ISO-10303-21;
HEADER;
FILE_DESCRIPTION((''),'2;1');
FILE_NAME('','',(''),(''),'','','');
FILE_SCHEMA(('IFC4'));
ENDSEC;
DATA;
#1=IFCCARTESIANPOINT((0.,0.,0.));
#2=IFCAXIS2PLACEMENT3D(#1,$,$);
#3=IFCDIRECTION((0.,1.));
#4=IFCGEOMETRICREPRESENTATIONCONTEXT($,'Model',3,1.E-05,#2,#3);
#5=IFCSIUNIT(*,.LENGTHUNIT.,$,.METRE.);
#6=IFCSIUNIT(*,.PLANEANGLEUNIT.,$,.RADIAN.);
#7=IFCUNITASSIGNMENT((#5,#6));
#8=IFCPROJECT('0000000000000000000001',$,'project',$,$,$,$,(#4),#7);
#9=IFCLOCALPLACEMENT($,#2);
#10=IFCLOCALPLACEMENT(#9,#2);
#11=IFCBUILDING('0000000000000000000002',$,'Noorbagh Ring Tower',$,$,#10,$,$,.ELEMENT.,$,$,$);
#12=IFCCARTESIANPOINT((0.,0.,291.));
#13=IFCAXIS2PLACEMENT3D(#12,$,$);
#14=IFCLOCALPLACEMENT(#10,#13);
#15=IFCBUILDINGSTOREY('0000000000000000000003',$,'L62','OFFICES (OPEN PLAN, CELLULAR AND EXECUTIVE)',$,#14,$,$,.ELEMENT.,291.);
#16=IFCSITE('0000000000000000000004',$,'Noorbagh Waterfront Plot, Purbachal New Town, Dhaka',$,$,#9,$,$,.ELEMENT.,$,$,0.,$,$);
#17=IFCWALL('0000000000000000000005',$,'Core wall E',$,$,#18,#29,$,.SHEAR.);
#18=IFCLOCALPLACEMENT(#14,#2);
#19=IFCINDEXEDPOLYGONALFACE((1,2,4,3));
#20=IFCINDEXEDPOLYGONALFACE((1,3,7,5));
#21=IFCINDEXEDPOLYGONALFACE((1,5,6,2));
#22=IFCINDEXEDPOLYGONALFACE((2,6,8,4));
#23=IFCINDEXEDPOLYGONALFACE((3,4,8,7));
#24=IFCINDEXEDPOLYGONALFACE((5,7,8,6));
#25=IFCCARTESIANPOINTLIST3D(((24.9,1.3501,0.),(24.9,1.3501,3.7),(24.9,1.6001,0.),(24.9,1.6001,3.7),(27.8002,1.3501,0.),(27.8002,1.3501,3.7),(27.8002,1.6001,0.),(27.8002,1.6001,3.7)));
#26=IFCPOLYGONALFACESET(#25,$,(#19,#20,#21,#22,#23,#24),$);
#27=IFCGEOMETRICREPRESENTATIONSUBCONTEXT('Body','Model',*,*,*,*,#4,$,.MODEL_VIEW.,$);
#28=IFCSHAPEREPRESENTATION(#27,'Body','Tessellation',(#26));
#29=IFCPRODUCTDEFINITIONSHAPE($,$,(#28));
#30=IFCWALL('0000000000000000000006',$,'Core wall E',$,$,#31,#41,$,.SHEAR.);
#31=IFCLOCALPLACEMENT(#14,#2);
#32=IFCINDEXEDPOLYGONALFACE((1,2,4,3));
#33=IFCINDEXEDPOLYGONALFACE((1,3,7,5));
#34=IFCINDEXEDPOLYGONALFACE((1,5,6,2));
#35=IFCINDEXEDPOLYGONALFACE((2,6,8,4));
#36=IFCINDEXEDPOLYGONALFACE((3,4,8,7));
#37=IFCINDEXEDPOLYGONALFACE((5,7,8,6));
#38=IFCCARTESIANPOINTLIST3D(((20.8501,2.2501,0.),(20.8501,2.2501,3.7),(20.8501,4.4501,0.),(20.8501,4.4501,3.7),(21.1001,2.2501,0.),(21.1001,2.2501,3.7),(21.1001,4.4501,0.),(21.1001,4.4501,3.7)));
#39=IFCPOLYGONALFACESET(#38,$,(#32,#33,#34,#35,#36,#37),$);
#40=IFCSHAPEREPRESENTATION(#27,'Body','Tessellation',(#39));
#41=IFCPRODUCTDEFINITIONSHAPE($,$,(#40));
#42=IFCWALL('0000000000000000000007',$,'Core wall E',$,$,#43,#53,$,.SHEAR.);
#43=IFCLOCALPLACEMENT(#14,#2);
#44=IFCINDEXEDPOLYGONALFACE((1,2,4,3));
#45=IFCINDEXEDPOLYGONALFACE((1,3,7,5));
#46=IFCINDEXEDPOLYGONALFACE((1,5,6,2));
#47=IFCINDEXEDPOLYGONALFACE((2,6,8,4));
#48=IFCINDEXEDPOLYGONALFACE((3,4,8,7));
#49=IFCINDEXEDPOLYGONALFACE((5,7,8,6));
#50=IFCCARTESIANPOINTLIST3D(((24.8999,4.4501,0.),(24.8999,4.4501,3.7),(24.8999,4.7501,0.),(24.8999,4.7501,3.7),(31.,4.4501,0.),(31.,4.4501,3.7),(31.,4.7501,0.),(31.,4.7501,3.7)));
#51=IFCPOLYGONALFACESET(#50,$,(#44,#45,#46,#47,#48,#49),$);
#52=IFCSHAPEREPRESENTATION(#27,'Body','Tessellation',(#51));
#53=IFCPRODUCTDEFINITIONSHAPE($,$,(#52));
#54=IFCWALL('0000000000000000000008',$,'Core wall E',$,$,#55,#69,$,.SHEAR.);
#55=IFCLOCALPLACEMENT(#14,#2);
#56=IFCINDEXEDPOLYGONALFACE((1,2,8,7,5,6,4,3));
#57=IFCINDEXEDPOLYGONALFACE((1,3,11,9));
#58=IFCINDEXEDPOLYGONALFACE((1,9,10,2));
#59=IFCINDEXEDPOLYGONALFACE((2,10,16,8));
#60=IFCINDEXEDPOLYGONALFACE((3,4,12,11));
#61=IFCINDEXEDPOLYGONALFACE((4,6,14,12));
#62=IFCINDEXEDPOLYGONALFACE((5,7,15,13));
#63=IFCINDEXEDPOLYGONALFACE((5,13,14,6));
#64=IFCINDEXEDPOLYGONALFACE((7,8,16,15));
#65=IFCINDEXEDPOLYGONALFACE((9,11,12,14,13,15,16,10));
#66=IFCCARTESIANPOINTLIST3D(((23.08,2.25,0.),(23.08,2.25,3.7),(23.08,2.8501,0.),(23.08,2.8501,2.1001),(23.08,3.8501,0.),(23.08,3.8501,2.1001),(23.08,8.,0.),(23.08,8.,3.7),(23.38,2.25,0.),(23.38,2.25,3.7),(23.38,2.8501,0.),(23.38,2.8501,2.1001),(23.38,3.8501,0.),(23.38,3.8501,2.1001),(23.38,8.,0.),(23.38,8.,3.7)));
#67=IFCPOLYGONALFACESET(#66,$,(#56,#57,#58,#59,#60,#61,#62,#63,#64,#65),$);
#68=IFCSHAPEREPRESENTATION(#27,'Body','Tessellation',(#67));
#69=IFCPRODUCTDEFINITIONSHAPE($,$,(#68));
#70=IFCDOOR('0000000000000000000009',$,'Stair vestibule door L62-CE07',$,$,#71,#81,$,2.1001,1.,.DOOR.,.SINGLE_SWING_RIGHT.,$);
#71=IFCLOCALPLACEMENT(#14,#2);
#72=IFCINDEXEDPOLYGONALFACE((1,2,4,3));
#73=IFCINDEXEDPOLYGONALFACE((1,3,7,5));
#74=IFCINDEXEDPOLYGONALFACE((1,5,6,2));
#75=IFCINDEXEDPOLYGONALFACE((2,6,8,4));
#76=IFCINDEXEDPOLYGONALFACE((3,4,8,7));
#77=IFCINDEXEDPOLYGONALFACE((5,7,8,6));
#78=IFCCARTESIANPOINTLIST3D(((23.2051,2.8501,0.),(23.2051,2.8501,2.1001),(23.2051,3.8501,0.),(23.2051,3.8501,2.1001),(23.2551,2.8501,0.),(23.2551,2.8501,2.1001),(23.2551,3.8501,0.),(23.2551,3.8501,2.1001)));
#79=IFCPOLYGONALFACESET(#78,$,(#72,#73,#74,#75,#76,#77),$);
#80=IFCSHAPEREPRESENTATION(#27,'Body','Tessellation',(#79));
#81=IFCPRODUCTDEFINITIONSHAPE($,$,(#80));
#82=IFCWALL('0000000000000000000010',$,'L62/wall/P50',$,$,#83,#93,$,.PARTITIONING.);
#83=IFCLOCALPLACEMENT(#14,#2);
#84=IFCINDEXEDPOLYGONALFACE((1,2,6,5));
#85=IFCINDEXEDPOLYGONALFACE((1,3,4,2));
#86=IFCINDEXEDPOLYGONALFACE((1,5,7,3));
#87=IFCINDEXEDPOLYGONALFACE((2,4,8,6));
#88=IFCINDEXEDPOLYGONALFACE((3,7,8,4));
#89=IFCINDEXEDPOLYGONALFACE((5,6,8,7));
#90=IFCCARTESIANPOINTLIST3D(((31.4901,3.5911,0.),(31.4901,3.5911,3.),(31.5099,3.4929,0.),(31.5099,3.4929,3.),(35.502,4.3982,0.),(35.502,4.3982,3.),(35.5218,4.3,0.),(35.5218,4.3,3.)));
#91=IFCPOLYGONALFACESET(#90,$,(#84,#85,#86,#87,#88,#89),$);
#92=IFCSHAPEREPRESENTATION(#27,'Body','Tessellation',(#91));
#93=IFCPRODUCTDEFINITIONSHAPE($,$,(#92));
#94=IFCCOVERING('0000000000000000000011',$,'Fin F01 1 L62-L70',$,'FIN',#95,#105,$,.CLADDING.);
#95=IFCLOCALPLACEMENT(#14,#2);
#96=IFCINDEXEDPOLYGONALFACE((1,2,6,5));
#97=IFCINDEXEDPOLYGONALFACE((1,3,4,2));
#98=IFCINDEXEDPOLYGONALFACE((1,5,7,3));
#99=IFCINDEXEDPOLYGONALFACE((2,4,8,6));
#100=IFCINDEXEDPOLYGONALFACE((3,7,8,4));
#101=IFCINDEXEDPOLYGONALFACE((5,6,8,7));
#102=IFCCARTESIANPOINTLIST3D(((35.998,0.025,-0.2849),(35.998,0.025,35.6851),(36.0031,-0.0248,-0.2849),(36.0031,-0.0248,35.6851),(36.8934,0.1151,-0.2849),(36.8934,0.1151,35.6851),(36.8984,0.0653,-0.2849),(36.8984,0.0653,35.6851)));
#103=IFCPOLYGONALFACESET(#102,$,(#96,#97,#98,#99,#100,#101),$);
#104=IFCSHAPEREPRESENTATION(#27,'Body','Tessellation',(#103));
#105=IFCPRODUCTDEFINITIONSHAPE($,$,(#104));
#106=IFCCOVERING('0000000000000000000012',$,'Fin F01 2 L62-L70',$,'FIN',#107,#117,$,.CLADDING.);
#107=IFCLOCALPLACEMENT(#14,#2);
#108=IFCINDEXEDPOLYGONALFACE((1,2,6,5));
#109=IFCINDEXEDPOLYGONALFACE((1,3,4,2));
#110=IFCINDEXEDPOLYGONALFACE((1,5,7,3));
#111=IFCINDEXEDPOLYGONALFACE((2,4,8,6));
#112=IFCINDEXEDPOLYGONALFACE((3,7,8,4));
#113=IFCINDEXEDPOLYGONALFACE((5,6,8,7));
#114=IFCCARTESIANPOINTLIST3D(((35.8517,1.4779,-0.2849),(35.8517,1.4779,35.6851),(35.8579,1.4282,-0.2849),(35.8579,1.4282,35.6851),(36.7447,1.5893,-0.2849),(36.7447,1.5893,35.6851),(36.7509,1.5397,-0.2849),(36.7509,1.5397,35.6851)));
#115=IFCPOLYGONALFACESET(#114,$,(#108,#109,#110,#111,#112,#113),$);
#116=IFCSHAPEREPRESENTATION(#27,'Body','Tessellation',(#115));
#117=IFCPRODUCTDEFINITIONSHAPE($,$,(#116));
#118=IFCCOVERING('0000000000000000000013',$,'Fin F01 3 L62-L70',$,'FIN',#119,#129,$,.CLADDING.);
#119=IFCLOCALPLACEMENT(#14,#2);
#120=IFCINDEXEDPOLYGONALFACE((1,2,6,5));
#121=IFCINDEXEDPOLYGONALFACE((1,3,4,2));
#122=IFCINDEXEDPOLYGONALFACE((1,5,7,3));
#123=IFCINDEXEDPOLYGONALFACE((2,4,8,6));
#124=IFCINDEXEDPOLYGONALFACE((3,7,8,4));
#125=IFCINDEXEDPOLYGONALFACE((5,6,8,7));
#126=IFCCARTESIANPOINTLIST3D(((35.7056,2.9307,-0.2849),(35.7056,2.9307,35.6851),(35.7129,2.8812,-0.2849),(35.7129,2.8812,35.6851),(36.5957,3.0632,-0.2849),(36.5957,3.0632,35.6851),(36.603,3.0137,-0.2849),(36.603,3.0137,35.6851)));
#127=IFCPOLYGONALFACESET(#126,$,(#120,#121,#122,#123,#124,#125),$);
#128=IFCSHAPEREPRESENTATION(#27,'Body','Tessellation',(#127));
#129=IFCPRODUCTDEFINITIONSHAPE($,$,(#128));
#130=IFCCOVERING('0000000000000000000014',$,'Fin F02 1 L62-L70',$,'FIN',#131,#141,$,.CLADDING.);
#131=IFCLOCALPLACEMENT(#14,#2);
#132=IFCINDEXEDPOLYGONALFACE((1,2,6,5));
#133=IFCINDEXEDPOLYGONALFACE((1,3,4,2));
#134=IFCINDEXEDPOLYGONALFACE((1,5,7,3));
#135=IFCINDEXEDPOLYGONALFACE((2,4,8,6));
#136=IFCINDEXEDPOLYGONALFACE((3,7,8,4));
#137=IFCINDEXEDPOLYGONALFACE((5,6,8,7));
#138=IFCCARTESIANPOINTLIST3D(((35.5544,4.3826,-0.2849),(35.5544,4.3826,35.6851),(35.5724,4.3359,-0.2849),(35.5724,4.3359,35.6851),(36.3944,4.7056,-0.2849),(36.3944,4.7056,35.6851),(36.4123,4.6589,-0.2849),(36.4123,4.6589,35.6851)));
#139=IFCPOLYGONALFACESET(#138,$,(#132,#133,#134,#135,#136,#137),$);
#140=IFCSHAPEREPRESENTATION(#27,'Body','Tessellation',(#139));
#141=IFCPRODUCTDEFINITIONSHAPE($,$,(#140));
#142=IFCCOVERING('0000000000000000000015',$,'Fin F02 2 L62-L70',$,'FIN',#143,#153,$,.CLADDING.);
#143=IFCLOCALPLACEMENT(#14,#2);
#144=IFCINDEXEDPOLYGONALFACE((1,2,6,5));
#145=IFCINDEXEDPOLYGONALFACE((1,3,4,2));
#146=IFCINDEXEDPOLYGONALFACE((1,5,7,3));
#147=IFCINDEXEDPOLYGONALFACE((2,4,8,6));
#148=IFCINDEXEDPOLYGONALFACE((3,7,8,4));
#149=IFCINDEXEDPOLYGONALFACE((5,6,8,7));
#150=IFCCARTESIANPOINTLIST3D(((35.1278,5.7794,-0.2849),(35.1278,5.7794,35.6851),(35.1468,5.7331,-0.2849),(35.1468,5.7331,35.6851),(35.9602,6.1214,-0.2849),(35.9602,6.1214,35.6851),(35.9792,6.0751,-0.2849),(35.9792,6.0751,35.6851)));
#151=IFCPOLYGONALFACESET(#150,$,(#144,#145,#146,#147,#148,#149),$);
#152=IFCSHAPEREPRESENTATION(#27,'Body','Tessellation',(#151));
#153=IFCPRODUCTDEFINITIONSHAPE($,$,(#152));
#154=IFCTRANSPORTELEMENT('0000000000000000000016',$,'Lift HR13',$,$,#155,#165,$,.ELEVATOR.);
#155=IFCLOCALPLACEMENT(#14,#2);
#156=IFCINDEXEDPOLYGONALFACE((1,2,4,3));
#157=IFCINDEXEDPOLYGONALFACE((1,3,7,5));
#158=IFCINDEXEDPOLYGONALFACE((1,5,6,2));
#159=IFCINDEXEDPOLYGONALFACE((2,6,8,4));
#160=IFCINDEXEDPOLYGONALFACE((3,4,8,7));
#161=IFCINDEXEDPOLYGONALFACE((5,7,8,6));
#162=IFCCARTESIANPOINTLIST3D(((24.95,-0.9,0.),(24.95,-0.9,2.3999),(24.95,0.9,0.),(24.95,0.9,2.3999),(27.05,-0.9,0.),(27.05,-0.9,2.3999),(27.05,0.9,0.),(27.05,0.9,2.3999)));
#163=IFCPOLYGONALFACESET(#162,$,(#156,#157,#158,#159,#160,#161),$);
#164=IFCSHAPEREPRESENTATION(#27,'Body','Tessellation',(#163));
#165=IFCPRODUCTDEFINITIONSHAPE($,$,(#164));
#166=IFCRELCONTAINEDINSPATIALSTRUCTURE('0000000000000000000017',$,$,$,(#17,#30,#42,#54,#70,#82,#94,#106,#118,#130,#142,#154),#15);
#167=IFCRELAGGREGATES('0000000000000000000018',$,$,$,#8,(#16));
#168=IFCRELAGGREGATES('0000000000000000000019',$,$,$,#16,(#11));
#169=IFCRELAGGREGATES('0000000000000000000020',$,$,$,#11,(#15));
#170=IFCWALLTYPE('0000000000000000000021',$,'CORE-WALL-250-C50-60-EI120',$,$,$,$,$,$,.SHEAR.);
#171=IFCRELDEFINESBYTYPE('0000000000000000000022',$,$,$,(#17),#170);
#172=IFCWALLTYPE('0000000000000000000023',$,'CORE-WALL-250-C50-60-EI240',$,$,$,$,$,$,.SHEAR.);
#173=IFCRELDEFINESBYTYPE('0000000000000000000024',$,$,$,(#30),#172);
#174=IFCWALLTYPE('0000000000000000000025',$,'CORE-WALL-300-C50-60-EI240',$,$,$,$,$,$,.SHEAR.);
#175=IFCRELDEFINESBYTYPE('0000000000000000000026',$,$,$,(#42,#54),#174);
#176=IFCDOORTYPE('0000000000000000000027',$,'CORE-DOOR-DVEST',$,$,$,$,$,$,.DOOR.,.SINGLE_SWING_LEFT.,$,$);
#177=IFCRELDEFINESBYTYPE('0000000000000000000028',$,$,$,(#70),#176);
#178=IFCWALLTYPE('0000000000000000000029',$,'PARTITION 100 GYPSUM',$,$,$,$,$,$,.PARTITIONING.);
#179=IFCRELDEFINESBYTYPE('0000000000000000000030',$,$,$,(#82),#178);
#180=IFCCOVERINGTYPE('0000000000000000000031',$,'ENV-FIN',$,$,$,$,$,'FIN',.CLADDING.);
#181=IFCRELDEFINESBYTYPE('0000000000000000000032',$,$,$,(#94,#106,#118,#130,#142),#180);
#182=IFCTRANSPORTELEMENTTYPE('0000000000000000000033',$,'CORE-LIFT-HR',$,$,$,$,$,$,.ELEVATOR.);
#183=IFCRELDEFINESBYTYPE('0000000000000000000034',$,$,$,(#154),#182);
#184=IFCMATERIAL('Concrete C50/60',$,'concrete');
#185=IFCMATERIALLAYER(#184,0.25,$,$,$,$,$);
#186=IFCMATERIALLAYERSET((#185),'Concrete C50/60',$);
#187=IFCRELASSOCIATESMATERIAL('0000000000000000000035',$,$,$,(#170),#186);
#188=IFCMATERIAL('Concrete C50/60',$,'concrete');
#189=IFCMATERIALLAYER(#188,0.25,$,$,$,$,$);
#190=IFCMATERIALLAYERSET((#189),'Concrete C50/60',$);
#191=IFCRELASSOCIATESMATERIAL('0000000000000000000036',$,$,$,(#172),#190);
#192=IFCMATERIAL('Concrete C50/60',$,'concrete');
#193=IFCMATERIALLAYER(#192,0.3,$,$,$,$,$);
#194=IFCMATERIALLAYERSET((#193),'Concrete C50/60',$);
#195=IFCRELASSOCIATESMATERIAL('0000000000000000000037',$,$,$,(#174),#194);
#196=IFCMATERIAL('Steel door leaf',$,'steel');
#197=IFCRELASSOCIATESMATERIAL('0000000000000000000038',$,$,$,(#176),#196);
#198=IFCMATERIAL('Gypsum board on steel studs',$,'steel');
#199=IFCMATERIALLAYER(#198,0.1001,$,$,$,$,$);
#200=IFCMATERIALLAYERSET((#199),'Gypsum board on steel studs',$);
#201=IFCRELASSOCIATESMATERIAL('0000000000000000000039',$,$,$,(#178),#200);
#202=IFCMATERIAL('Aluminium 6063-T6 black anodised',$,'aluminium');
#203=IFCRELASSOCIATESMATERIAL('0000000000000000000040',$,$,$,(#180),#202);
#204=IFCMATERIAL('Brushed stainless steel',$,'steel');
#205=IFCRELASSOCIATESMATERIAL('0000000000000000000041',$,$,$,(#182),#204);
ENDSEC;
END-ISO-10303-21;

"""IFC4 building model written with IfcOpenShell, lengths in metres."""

from ifc_helpers import new_model, si_unit, direction, frame, frame_2d, origin, origin_2d, place, context, subcontext, project, spatial, rectangle, extrude, material, layer, layer_set, material_profile, profile_set, type_object, element, fill, save


model = new_model("IFC4")

# Units and contexts
model_context = context("Model", 3, precision=1e-05, world=origin(), true_north=direction((0.0, 1.0)))
body_context = subcontext(model_context, "Body", "Model", "MODEL_VIEW")
ifc_project = project(units=[si_unit("LENGTHUNIT", "METRE"), si_unit("PLANEANGLEUNIT", "RADIAN")], contexts=[model_context])

# Site, building, storey
site_placement = place(None, origin())
site = spatial("IfcSite", under=ifc_project, at=site_placement, Name="Noorbagh Waterfront Plot, Purbachal New Town, Dhaka", CompositionType="ELEMENT", RefElevation=0.0)
building_placement = place(site_placement, origin())
building = spatial("IfcBuilding", under=site, at=building_placement, Name="Noorbagh Ring Tower", CompositionType="ELEMENT")
storey_placement = place(building_placement, frame((0.0, 0.0, 291.0)))
storey = spatial("IfcBuildingStorey", under=building, at=storey_placement, Name="L62", Description="OFFICES (OPEN PLAN, CELLULAR AND EXECUTIVE)", CompositionType="ELEMENT", Elevation=291.0)

# Walls
ifc_material_1 = material(Name="Concrete C50/60", Category="concrete")
ifc_layer_1 = layer(ifc_material_1, 0.25)
ifc_layer_set_1 = layer_set([ifc_layer_1], Name="Concrete C50/60")
wall_type_1 = type_object("IfcWallType", Name="CORE-WALL-250-C50-60-EI120", PredefinedType="SHEAR", material=ifc_layer_set_1)
wall_1_placement = place(storey_placement, frame((24.8999, 1.4751, 0.0), z_axis=(0.0, 0.0, 1.0), x_axis=(1.0, 0.0, 0.0)))
element("IfcWall", 1, at=wall_1_placement, inside=storey, type_object=wall_type_1, Name="Core wall E", PredefinedType="SHEAR", context=body_context, shape_type="SweptSolid", body=[
    extrude(rectangle(XDim=2.9001, YDim=0.25, at=frame_2d((1.4502, 0.0))), origin(), (0.0, 0.0, 1.0), 3.7),
])
ifc_material_2 = material(Name="Concrete C50/60", Category="concrete")
ifc_layer_2 = layer(ifc_material_2, 0.25)
ifc_layer_set_2 = layer_set([ifc_layer_2], Name="Concrete C50/60")
wall_type_2 = type_object("IfcWallType", Name="CORE-WALL-250-C50-60-EI240", PredefinedType="SHEAR", material=ifc_layer_set_2)
wall_2_placement = place(storey_placement, frame((20.9751, 2.25, 0.0), z_axis=(0.0, 0.0, 1.0), x_axis=(0.0, 1.0, 0.0)))
element("IfcWall", 2, at=wall_2_placement, inside=storey, type_object=wall_type_2, Name="Core wall E", PredefinedType="SHEAR", context=body_context, shape_type="SweptSolid", body=[
    extrude(rectangle(XDim=2.2, YDim=0.25, at=frame_2d((1.1001, 0.0))), origin(), (0.0, 0.0, 1.0), 3.7),
])
ifc_material_3 = material(Name="Concrete C50/60", Category="concrete")
ifc_layer_3 = layer(ifc_material_3, 0.3)
ifc_layer_set_3 = layer_set([ifc_layer_3], Name="Concrete C50/60")
wall_type_3 = type_object("IfcWallType", Name="CORE-WALL-300-C50-60-EI240", PredefinedType="SHEAR", material=ifc_layer_set_3)
wall_3_placement = place(storey_placement, frame((24.8999, 4.6001, 0.0), z_axis=(0.0, 0.0, 1.0), x_axis=(1.0, 0.0, 0.0)))
element("IfcWall", 3, at=wall_3_placement, inside=storey, type_object=wall_type_3, Name="Core wall E", PredefinedType="SHEAR", context=body_context, shape_type="SweptSolid", body=[
    extrude(rectangle(XDim=6.1001, YDim=0.3, at=frame_2d((3.05, 0.0))), origin(), (0.0, 0.0, 1.0), 3.7),
])

# Wall, opening, door
wall_4_placement = place(storey_placement, frame((23.23, 2.25, 0.0), z_axis=(0.0, 0.0, 1.0), x_axis=(0.0, 1.0, 0.0)))
wall_4 = element("IfcWall", 4, at=wall_4_placement, inside=storey, type_object=wall_type_3, Name="Core wall E", PredefinedType="SHEAR", context=body_context, shape_type="SweptSolid", body=[
    extrude(rectangle(XDim=5.75, YDim=0.3, at=frame_2d((2.875, 0.0))), origin(), (0.0, 0.0, 1.0), 3.7),
])
opening_1_placement = place(wall_4_placement, frame((0.6001, 0.0, 0.0)))
opening_1 = element("IfcOpeningElement", 5, at=opening_1_placement, cuts=wall_4, PredefinedType="OPENING", context=body_context, shape_type="SweptSolid", body=[
    extrude(rectangle(XDim=1.0, YDim=2.1001, at=frame_2d((0.5, 1.05))), frame((0.0, 0.1602, 0.0), z_axis=(0.0, -1.0, 0.0), x_axis=(1.0, 0.0, 0.0)), (0.0, 0.0, 1.0), 0.3201),
])
ifc_material_4 = material(Name="Steel door leaf", Category="steel")
door_type_1 = type_object("IfcDoorType", Name="CORE-DOOR-DVEST", OperationType="SINGLE_SWING_LEFT", PredefinedType="DOOR", material=ifc_material_4)
door_1_placement = place(opening_1_placement, origin())
door_1 = element("IfcDoor", 6, at=door_1_placement, inside=storey, type_object=door_type_1, Name="Stair vestibule door L62-CE07", OperationType="SINGLE_SWING_RIGHT", OverallHeight=2.1001, OverallWidth=1.0, PredefinedType="DOOR", context=body_context, shape_type="SweptSolid", body=[
    extrude(rectangle(XDim=1.0, YDim=2.1001, at=frame_2d((0.5, 1.05))), frame((0.0, 0.0249, 0.0), z_axis=(0.0, -1.0, 0.0), x_axis=(1.0, 0.0, 0.0)), (0.0, 0.0, 1.0), 0.05),
])
fill(opening_1, door_1)

# Wall
ifc_material_5 = material(Name="Gypsum board on steel studs", Category="steel")
ifc_layer_4 = layer(ifc_material_5, 0.1001)
ifc_layer_set_4 = layer_set([ifc_layer_4], Name="Gypsum board on steel studs")
wall_type_4 = type_object("IfcWallType", Name="PARTITION 100 GYPSUM", PredefinedType="PARTITIONING", material=ifc_layer_set_4)
wall_5_placement = place(storey_placement, frame((31.5, 3.542, 0.0), z_axis=(0.0, 0.0, 1.0), x_axis=(0.980357, 0.197229, 0.0)))
element("IfcWall", 7, at=wall_5_placement, inside=storey, type_object=wall_type_4, Name="L62/wall/P50", PredefinedType="PARTITIONING", context=body_context, shape_type="SweptSolid", body=[
    extrude(rectangle(XDim=4.0923, YDim=0.1001, at=frame_2d((2.0461, 0.0))), origin(), (0.0, 0.0, 1.0), 3.0),
])

# Coverings
ifc_material_6 = material(Name="Aluminium 6063-T6 black anodised", Category="aluminium")
ifc_material_profile_1 = material_profile(ifc_material_6, rectangle(XDim=0.8999, YDim=0.05, at=origin_2d()), Name="900x50")
ifc_profile_set_1 = profile_set([ifc_material_profile_1], Name="Aluminium 6063-T6 black anodised")
covering_type = type_object("IfcCoveringType", Name="ENV-FIN", ElementType="FIN", PredefinedType="CLADDING", material=ifc_profile_set_1)
for number, where, z_axis, x_axis, name in (
    (8, (36.4482, 0.0452, -0.2849), (0.0, 0.0, 1.0), (0.99497, 0.100178, 0.0), "Fin F01 1 L62-L70"),
    (9, (36.3013, 1.5088, -0.2849), (0.0, 0.0, 1.0), (0.992303, 0.123835, 0.0), "Fin F01 2 L62-L70"),
    (10, (36.1543, 2.9722, -0.2849), (0.0, 0.0, 1.0), (0.989103, 0.147226, 0.0), "Fin F01 3 L62-L70"),
    (11, (35.9834, 4.5208, -0.2849), (0.0, 0.0, 1.0), (0.933362, 0.358936, 0.0), "Fin F02 1 L62-L70"),
    (12, (35.5535, 5.9272, -0.2849), (0.0, 0.0, 1.0), (0.925001, 0.379965, 0.0), "Fin F02 2 L62-L70"),
):
    element("IfcCovering", number, at=place(storey_placement, frame(where, z_axis=z_axis, x_axis=x_axis)), inside=storey, type_object=covering_type, Name=name, ObjectType="FIN", PredefinedType="CLADDING", context=body_context, shape_type="SweptSolid", body=[
        extrude(rectangle(XDim=0.8999, YDim=0.05, at=origin_2d()), origin(), (0.0, 0.0, 1.0), 35.97),
    ])

# Transport element
ifc_material_7 = material(Name="Brushed stainless steel", Category="steel")
transport_element_type = type_object("IfcTransportElementType", Name="CORE-LIFT-HR", PredefinedType="ELEVATOR", material=ifc_material_7)
transport_element_placement = place(storey_placement, frame((26.0, 0.0, 0.0), z_axis=(0.0, 0.0, 1.0), x_axis=(1.0, 0.0, 0.0)))
element("IfcTransportElement", 13, at=transport_element_placement, inside=storey, type_object=transport_element_type, Name="Lift HR13", PredefinedType="ELEVATOR", context=body_context, shape_type="SweptSolid", body=[
    extrude(rectangle(XDim=2.1001, YDim=1.8, at=origin_2d()), origin(), (0.0, 0.0, 1.0), 2.3999),
])

save(model, "model.ifc")
